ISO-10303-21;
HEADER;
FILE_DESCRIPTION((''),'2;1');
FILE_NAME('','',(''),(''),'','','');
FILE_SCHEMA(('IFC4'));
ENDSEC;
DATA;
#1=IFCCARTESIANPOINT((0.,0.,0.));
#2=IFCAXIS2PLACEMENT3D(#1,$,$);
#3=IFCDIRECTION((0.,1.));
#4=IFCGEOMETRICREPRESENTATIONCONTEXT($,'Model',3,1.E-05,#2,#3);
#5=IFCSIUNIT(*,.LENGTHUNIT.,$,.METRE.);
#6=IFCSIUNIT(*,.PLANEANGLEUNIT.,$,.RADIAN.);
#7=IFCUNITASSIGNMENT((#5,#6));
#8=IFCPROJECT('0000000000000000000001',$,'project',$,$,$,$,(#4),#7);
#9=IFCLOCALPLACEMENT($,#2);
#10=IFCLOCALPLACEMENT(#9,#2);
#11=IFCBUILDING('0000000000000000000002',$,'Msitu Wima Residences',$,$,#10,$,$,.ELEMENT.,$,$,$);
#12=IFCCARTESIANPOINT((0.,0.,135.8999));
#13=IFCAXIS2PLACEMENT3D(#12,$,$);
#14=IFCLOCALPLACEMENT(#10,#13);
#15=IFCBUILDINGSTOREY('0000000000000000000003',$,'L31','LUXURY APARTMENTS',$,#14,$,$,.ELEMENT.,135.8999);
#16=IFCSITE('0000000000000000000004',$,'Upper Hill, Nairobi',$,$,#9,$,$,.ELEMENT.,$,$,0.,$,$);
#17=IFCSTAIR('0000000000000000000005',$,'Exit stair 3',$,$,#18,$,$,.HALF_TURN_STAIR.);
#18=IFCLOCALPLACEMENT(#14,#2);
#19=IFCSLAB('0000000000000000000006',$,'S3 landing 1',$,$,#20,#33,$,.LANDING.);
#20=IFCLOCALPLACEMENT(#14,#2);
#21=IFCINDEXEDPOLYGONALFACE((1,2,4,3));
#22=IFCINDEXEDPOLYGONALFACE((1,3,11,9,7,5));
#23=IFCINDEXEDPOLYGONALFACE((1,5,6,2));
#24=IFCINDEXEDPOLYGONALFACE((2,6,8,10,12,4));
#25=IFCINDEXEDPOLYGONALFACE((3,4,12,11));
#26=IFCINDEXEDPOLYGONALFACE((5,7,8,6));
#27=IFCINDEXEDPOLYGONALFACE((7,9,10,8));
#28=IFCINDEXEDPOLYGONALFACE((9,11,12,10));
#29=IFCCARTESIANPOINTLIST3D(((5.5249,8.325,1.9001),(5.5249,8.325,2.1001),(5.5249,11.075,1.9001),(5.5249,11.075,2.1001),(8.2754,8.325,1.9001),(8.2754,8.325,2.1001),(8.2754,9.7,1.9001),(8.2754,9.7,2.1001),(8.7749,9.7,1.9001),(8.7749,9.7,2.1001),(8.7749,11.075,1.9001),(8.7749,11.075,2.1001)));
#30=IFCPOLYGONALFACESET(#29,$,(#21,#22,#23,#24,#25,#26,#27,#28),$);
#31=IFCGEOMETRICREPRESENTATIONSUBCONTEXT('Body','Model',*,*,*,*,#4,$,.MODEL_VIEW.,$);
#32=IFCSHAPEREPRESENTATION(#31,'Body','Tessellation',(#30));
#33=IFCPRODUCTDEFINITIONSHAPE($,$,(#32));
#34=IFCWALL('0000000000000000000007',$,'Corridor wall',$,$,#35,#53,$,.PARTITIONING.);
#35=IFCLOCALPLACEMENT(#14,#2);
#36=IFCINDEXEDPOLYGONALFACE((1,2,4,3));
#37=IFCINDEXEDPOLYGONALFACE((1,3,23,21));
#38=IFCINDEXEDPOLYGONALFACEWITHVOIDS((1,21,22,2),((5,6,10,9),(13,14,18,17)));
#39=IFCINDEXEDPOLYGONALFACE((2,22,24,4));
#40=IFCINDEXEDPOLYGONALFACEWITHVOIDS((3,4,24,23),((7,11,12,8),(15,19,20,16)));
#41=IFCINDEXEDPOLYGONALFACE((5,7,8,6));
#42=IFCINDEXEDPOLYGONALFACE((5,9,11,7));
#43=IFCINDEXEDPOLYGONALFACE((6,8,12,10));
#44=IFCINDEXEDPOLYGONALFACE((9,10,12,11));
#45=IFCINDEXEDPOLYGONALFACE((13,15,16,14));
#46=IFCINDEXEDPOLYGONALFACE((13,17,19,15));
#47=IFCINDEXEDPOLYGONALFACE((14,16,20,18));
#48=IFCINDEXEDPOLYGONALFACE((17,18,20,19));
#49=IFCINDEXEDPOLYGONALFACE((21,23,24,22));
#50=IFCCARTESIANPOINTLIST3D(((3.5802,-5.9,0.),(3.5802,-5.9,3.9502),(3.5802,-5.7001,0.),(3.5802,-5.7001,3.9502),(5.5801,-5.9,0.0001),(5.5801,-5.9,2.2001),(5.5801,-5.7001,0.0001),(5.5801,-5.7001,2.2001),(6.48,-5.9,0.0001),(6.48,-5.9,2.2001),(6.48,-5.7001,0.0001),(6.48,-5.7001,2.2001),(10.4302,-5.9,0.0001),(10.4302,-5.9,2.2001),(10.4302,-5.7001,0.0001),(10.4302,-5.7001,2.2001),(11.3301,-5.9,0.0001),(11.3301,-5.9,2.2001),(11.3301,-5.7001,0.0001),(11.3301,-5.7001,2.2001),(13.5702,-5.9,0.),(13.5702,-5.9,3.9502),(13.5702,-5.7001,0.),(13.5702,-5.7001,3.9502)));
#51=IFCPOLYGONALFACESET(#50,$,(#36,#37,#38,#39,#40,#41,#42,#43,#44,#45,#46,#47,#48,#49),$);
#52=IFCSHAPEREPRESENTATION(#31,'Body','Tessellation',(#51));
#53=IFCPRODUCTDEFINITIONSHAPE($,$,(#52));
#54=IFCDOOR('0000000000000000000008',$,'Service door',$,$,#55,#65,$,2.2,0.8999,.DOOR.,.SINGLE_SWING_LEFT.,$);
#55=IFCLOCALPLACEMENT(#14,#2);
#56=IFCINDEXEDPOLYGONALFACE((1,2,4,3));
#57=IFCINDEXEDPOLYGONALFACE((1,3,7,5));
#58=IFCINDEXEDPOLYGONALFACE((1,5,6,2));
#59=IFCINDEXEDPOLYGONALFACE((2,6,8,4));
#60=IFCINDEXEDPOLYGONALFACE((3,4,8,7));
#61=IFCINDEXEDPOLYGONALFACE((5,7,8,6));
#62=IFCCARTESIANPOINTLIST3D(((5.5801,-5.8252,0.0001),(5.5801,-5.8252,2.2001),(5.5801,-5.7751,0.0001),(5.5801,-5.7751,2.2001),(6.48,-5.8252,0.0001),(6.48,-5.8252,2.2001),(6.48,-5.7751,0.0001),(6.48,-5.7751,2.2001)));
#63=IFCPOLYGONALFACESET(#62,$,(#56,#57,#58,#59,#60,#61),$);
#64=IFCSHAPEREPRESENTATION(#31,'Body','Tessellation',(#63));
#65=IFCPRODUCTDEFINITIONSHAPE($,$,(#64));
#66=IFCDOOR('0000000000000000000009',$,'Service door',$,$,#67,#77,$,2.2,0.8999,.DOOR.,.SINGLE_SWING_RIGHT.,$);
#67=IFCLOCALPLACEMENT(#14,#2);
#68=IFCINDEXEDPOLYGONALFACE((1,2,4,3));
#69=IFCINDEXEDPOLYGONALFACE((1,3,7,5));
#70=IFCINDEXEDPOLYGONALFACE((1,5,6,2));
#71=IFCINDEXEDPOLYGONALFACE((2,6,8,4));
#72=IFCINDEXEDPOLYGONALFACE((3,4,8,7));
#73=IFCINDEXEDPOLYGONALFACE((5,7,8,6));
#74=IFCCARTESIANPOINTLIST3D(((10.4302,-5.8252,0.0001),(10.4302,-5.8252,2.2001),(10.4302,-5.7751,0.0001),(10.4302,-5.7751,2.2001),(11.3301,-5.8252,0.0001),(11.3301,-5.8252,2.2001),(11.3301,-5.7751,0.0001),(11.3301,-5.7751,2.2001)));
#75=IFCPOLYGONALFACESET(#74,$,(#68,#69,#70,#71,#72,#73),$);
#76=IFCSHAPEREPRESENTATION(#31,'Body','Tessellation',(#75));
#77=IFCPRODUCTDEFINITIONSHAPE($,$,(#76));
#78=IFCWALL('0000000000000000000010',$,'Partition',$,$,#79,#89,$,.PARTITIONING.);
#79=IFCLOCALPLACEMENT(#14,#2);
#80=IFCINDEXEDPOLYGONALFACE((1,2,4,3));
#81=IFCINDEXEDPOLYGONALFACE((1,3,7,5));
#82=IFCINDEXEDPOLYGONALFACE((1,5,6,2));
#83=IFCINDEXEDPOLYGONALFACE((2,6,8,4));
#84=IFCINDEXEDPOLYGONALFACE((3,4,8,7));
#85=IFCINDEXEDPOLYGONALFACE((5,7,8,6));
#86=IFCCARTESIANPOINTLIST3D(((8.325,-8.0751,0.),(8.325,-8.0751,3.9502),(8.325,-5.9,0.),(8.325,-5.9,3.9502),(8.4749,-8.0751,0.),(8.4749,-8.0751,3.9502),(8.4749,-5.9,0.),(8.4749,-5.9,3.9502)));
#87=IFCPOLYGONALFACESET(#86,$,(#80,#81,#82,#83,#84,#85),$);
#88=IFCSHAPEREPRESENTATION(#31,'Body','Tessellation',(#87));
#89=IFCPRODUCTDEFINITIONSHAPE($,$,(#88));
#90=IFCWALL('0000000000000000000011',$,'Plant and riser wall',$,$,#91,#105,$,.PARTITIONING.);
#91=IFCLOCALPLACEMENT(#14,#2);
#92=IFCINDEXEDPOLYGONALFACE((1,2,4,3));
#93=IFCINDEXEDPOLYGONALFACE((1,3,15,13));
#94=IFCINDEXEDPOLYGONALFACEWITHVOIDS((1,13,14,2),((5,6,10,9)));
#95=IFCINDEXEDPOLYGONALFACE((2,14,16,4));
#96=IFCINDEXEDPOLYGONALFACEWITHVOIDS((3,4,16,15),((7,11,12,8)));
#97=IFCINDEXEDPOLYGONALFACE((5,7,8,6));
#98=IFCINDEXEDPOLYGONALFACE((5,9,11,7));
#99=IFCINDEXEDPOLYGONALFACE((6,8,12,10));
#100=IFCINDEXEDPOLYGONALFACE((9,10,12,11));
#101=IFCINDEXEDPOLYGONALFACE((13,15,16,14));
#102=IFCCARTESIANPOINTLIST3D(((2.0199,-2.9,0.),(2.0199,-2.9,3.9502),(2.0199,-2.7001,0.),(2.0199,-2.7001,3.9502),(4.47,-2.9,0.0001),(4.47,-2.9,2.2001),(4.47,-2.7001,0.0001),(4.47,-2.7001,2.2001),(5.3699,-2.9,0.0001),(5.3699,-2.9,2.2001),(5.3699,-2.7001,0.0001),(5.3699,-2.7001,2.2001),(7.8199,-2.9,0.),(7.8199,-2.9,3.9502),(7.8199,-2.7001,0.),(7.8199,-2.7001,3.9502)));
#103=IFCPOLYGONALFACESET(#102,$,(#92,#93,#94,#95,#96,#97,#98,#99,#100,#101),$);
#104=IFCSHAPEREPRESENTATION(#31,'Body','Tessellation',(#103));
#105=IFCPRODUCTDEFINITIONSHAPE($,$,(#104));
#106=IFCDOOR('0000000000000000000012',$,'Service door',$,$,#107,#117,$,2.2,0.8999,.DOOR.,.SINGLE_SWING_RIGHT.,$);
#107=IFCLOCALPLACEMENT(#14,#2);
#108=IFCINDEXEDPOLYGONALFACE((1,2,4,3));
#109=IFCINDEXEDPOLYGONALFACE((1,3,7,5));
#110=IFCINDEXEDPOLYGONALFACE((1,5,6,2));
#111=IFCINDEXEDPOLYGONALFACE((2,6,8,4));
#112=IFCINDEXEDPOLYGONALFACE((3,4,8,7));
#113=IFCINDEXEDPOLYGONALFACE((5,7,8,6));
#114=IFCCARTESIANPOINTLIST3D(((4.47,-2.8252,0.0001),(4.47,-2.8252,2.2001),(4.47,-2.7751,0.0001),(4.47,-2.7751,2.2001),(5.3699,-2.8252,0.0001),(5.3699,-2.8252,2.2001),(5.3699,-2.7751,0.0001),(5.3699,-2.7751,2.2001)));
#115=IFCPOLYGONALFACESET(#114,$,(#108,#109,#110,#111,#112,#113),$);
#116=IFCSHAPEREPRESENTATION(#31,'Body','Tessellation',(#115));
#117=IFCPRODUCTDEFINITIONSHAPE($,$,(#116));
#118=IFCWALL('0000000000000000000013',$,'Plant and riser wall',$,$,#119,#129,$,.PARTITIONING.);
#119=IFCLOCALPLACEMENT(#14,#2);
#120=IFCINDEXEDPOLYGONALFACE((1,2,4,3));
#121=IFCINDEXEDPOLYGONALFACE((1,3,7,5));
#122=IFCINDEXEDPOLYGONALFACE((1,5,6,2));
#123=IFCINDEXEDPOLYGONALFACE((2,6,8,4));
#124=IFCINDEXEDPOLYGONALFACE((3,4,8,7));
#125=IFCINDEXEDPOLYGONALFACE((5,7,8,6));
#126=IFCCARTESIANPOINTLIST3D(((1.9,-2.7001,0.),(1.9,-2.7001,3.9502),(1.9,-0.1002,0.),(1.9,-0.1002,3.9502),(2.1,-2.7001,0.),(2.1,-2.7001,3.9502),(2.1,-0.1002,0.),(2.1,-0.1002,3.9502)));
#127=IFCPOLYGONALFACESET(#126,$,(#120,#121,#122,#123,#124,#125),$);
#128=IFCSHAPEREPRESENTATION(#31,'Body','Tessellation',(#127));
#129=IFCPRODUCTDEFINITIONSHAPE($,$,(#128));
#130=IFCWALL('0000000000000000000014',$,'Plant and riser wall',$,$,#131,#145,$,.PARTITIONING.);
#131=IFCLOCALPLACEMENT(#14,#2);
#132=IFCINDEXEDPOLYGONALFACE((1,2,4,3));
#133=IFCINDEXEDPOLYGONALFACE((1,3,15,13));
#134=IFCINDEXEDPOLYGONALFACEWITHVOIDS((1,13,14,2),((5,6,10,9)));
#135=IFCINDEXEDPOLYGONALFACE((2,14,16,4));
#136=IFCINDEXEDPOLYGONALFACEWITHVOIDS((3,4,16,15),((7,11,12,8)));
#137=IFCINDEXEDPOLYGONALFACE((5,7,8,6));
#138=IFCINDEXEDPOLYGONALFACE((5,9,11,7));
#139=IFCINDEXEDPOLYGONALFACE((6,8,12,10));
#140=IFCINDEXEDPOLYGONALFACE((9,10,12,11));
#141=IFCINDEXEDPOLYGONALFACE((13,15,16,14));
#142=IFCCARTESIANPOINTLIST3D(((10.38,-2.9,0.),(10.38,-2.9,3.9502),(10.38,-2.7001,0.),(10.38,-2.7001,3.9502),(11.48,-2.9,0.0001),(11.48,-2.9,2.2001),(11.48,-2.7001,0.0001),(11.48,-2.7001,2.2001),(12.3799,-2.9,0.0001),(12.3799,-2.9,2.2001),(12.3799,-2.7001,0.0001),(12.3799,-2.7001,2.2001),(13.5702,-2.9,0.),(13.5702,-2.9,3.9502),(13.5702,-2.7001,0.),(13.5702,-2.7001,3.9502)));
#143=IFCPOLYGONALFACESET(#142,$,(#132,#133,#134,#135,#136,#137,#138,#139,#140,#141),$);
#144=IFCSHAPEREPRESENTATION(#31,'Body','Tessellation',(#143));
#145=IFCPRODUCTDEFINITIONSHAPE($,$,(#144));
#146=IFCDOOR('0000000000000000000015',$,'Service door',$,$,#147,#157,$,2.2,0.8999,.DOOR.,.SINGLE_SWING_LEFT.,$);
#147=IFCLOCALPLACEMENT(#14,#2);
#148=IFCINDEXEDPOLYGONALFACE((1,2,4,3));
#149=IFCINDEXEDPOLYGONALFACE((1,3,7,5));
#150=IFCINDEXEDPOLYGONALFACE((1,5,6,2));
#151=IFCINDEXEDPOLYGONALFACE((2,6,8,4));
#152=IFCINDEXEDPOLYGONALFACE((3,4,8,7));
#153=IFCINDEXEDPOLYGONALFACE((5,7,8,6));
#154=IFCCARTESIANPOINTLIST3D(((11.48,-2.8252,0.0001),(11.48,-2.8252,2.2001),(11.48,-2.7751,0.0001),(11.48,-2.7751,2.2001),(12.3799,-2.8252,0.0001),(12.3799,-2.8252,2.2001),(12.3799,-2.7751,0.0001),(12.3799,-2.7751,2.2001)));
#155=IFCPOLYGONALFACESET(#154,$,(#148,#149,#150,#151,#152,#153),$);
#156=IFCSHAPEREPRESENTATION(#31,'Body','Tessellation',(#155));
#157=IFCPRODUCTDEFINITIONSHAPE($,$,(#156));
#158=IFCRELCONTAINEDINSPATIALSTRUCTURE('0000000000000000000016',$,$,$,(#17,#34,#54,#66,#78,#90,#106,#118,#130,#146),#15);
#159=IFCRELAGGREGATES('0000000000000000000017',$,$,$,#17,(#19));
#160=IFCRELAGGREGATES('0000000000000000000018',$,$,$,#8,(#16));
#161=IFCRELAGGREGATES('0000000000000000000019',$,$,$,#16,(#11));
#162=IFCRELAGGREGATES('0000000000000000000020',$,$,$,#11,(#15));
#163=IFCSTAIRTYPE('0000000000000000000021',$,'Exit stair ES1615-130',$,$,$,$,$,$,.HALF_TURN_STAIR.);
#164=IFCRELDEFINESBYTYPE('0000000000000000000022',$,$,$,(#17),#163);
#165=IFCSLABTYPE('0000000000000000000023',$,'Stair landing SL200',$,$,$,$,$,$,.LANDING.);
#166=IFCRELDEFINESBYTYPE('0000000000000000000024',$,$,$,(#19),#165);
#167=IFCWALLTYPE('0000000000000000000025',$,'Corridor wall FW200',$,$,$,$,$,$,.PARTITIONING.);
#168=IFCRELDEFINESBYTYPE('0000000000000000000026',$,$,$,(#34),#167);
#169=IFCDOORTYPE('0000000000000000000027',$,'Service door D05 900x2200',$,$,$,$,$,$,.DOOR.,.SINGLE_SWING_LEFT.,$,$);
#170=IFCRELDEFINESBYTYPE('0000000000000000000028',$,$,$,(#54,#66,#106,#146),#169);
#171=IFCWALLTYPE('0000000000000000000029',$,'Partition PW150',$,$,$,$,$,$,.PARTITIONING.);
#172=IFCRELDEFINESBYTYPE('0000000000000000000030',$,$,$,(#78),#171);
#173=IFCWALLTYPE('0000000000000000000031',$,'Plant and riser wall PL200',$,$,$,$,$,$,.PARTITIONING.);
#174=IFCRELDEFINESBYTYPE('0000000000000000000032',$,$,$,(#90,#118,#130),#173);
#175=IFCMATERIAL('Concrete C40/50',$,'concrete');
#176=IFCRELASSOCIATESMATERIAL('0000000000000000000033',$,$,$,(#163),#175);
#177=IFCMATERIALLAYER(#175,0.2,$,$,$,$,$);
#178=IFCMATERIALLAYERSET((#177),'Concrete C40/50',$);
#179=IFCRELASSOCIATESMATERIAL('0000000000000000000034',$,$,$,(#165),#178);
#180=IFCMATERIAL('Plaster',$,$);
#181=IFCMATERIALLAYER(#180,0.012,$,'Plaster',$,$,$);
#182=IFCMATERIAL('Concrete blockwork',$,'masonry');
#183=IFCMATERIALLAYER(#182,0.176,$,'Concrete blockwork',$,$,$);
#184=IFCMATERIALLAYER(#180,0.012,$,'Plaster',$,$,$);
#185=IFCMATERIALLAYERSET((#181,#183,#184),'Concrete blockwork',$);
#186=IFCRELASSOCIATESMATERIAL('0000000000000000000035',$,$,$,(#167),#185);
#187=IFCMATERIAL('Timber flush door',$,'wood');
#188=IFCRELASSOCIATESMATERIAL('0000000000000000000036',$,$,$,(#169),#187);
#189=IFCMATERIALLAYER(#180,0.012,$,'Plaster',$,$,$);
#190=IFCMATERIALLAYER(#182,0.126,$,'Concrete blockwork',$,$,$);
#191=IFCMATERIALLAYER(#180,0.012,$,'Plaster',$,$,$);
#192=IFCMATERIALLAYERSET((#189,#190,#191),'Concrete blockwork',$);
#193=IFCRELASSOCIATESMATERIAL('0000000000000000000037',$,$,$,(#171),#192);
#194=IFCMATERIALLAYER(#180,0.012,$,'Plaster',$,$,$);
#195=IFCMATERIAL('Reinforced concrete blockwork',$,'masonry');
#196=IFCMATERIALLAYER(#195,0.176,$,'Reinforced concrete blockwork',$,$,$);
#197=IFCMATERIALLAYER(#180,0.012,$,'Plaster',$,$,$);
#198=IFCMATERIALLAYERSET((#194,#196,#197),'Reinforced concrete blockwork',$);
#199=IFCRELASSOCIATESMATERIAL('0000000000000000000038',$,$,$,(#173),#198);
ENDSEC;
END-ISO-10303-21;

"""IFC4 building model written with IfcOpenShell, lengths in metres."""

from ifc_helpers import new_model, si_unit, direction, frame, frame_2d, origin, place, context, subcontext, project, spatial, polyline, rectangle, outline, extrude, material, layer, layer_set, type_object, element, fill, aggregate, save


model = new_model("IFC4")

# Units and contexts
model_context = context("Model", 3, precision=1e-05, world=origin(), true_north=direction((0.0, 1.0)))
body_context = subcontext(model_context, "Body", "Model", "MODEL_VIEW")
ifc_project = project(units=[si_unit("LENGTHUNIT", "METRE"), si_unit("PLANEANGLEUNIT", "RADIAN")], contexts=[model_context])

# Site, building, storey
site_placement = place(None, origin())
site = spatial("IfcSite", under=ifc_project, at=site_placement, Name="Upper Hill, Nairobi", CompositionType="ELEMENT", RefElevation=0.0)
building_placement = place(site_placement, origin())
building = spatial("IfcBuilding", under=site, at=building_placement, Name="Msitu Wima Residences", CompositionType="ELEMENT")
storey_placement = place(building_placement, frame((0.0, 0.0, 135.8999)))
storey = spatial("IfcBuildingStorey", under=building, at=storey_placement, Name="L31", Description="LUXURY APARTMENTS", CompositionType="ELEMENT", Elevation=135.8999)

# Shared definitions
ifc_material_1 = material(Name="Concrete C40/50", Category="concrete")

# Stair, slab
stair_type = type_object("IfcStairType", Name="Exit stair ES1615-130", PredefinedType="HALF_TURN_STAIR", material=ifc_material_1)
ifc_layer_1 = layer(ifc_material_1, 0.2)
ifc_layer_set_1 = layer_set([ifc_layer_1], Name="Concrete C40/50")
slab_type_1 = type_object("IfcSlabType", Name="Stair landing SL200", PredefinedType="LANDING", material=ifc_layer_set_1)
stair_1_placement = place(storey_placement, origin())
stair_1 = element("IfcStair", 1, at=stair_1_placement, inside=storey, type_object=stair_type, Name="Exit stair 3", PredefinedType="HALF_TURN_STAIR")
slab_1_placement = place(storey_placement, frame((0.0, 0.0, 1.9001)))
slab_1 = element("IfcSlab", 2, at=slab_1_placement, type_object=slab_type_1, Name="S3 landing 1", PredefinedType="LANDING", context=body_context, shape_type="SweptSolid", body=[
    extrude(outline(polyline([(5.5249, 8.325), (8.2754, 8.325), (8.2754, 9.7), (8.7749, 9.7), (8.7749, 11.075), (5.5249, 11.075), (5.5249, 8.325)])), origin(), (0.0, 0.0, 1.0), 0.2),
])
aggregate(stair_1, [slab_1])

# Wall, openings, doors
ifc_material_2 = material(Name="Plaster")
ifc_layer_2 = layer(ifc_material_2, 0.012, Name="Plaster")
ifc_material_3 = material(Name="Concrete blockwork", Category="masonry")
ifc_layer_3 = layer(ifc_material_3, 0.176, Name="Concrete blockwork")
ifc_layer_4 = layer(ifc_material_2, 0.012, Name="Plaster")
ifc_layer_set_2 = layer_set([ifc_layer_2, ifc_layer_3, ifc_layer_4], Name="Concrete blockwork")
wall_type_1 = type_object("IfcWallType", Name="Corridor wall FW200", PredefinedType="PARTITIONING", material=ifc_layer_set_2)
wall_1_placement = place(storey_placement, frame((3.5801, -5.8, 0.0), z_axis=(0.0, 0.0, 1.0), x_axis=(1.0, 0.0, 0.0)))
wall_1 = element("IfcWall", 3, at=wall_1_placement, inside=storey, type_object=wall_type_1, Name="Corridor wall", PredefinedType="PARTITIONING", context=body_context, shape_type="SweptSolid", body=[
    extrude(rectangle(XDim=9.99, YDim=0.2, at=frame_2d((4.9951, 0.0))), origin(), (0.0, 0.0, 1.0), 3.9502),
])
opening_1_placement = place(wall_1_placement, frame((2.0, 0.0, 0.0)))
opening_1 = element("IfcOpeningElement", 4, at=opening_1_placement, cuts=wall_1, PredefinedType="OPENING", context=body_context, shape_type="SweptSolid", body=[
    extrude(rectangle(XDim=0.8999, YDim=2.2, at=frame_2d((0.45, 1.1001))), frame((0.0, 0.1099, 0.0), z_axis=(0.0, -1.0, 0.0), x_axis=(1.0, 0.0, 0.0)), (0.0, 0.0, 1.0), 0.22),
])
opening_2_placement = place(wall_1_placement, frame((6.8501, 0.0, 0.0)))
opening_2 = element("IfcOpeningElement", 5, at=opening_2_placement, cuts=wall_1, PredefinedType="OPENING", context=body_context, shape_type="SweptSolid", body=[
    extrude(rectangle(XDim=0.8999, YDim=2.2, at=frame_2d((0.45, 1.1001))), frame((0.0, 0.1099, 0.0), z_axis=(0.0, -1.0, 0.0), x_axis=(1.0, 0.0, 0.0)), (0.0, 0.0, 1.0), 0.22),
])
ifc_material_4 = material(Name="Timber flush door", Category="wood")
door_type = type_object("IfcDoorType", Name="Service door D05 900x2200", OperationType="SINGLE_SWING_LEFT", PredefinedType="DOOR", material=ifc_material_4)
door_1_placement = place(opening_1_placement, origin())
door_1 = element("IfcDoor", 6, at=door_1_placement, inside=storey, type_object=door_type, Name="Service door", OperationType="SINGLE_SWING_LEFT", OverallHeight=2.2, OverallWidth=0.8999, PredefinedType="DOOR", context=body_context, shape_type="SweptSolid", body=[
    extrude(rectangle(XDim=0.8999, YDim=2.2, at=frame_2d((0.45, 1.1001))), frame((0.0, 0.0249, 0.0), z_axis=(0.0, -1.0, 0.0), x_axis=(1.0, 0.0, 0.0)), (0.0, 0.0, 1.0), 0.05),
])
fill(opening_1, door_1)
door_2_placement = place(opening_2_placement, origin())
door_2 = element("IfcDoor", 7, at=door_2_placement, inside=storey, type_object=door_type, Name="Service door", OperationType="SINGLE_SWING_RIGHT", OverallHeight=2.2, OverallWidth=0.8999, PredefinedType="DOOR", context=body_context, shape_type="SweptSolid", body=[
    extrude(rectangle(XDim=0.8999, YDim=2.2, at=frame_2d((0.45, 1.1001))), frame((0.0, 0.0249, 0.0), z_axis=(0.0, -1.0, 0.0), x_axis=(1.0, 0.0, 0.0)), (0.0, 0.0, 1.0), 0.05),
])
fill(opening_2, door_2)

# Wall
ifc_layer_5 = layer(ifc_material_2, 0.012, Name="Plaster")
ifc_layer_6 = layer(ifc_material_3, 0.126, Name="Concrete blockwork")
ifc_layer_7 = layer(ifc_material_2, 0.012, Name="Plaster")
ifc_layer_set_3 = layer_set([ifc_layer_5, ifc_layer_6, ifc_layer_7], Name="Concrete blockwork")
wall_type_2 = type_object("IfcWallType", Name="Partition PW150", PredefinedType="PARTITIONING", material=ifc_layer_set_3)
wall_2_placement = place(storey_placement, frame((8.3999, -8.075, 0.0), z_axis=(0.0, 0.0, 1.0), x_axis=(0.0, 1.0, 0.0)))
element("IfcWall", 8, at=wall_2_placement, inside=storey, type_object=wall_type_2, Name="Partition", PredefinedType="PARTITIONING", context=body_context, shape_type="SweptSolid", body=[
    extrude(rectangle(XDim=2.175, YDim=0.1499, at=frame_2d((1.0874, 0.0))), origin(), (0.0, 0.0, 1.0), 3.9502),
])

# Wall, opening, door
ifc_layer_8 = layer(ifc_material_2, 0.012, Name="Plaster")
ifc_material_5 = material(Name="Reinforced concrete blockwork", Category="masonry")
ifc_layer_9 = layer(ifc_material_5, 0.176, Name="Reinforced concrete blockwork")
ifc_layer_10 = layer(ifc_material_2, 0.012, Name="Plaster")
ifc_layer_set_4 = layer_set([ifc_layer_8, ifc_layer_9, ifc_layer_10], Name="Reinforced concrete blockwork")
wall_type_3 = type_object("IfcWallType", Name="Plant and riser wall PL200", PredefinedType="PARTITIONING", material=ifc_layer_set_4)
wall_3_placement = place(storey_placement, frame((2.02, -2.8, 0.0), z_axis=(0.0, 0.0, 1.0), x_axis=(1.0, 0.0, 0.0)))
wall_3 = element("IfcWall", 9, at=wall_3_placement, inside=storey, type_object=wall_type_3, Name="Plant and riser wall", PredefinedType="PARTITIONING", context=body_context, shape_type="SweptSolid", body=[
    extrude(rectangle(XDim=5.8, YDim=0.2, at=frame_2d((2.8999, 0.0))), origin(), (0.0, 0.0, 1.0), 3.9502),
])
opening_3_placement = place(wall_3_placement, frame((2.45, 0.0, 0.0)))
opening_3 = element("IfcOpeningElement", 10, at=opening_3_placement, cuts=wall_3, PredefinedType="OPENING", context=body_context, shape_type="SweptSolid", body=[
    extrude(rectangle(XDim=0.8999, YDim=2.2, at=frame_2d((0.45, 1.1001))), frame((0.0, 0.1099, 0.0), z_axis=(0.0, -1.0, 0.0), x_axis=(1.0, 0.0, 0.0)), (0.0, 0.0, 1.0), 0.22),
])
door_3_placement = place(opening_3_placement, origin())
door_3 = element("IfcDoor", 11, at=door_3_placement, inside=storey, type_object=door_type, Name="Service door", OperationType="SINGLE_SWING_RIGHT", OverallHeight=2.2, OverallWidth=0.8999, PredefinedType="DOOR", context=body_context, shape_type="SweptSolid", body=[
    extrude(rectangle(XDim=0.8999, YDim=2.2, at=frame_2d((0.45, 1.1001))), frame((0.0, 0.0249, 0.0), z_axis=(0.0, -1.0, 0.0), x_axis=(1.0, 0.0, 0.0)), (0.0, 0.0, 1.0), 0.05),
])
fill(opening_3, door_3)

# Wall
wall_4_placement = place(storey_placement, frame((2.0, -2.7, 0.0), z_axis=(0.0, 0.0, 1.0), x_axis=(0.0, 1.0, 0.0)))
element("IfcWall", 12, at=wall_4_placement, inside=storey, type_object=wall_type_3, Name="Plant and riser wall", PredefinedType="PARTITIONING", context=body_context, shape_type="SweptSolid", body=[
    extrude(rectangle(XDim=2.5999, YDim=0.2, at=frame_2d((1.2998, 0.0))), origin(), (0.0, 0.0, 1.0), 3.9502),
])

# Wall, opening, door
wall_5_placement = place(storey_placement, frame((10.3799, -2.8, 0.0), z_axis=(0.0, 0.0, 1.0), x_axis=(1.0, 0.0, 0.0)))
wall_5 = element("IfcWall", 13, at=wall_5_placement, inside=storey, type_object=wall_type_3, Name="Plant and riser wall", PredefinedType="PARTITIONING", context=body_context, shape_type="SweptSolid", body=[
    extrude(rectangle(XDim=3.1902, YDim=0.2, at=frame_2d((1.5952, 0.0))), origin(), (0.0, 0.0, 1.0), 3.9502),
])
opening_4_placement = place(wall_5_placement, frame((1.1001, 0.0, 0.0)))
opening_4 = element("IfcOpeningElement", 14, at=opening_4_placement, cuts=wall_5, PredefinedType="OPENING", context=body_context, shape_type="SweptSolid", body=[
    extrude(rectangle(XDim=0.8999, YDim=2.2, at=frame_2d((0.45, 1.1001))), frame((0.0, 0.1099, 0.0), z_axis=(0.0, -1.0, 0.0), x_axis=(1.0, 0.0, 0.0)), (0.0, 0.0, 1.0), 0.22),
])
door_4_placement = place(opening_4_placement, origin())
door_4 = element("IfcDoor", 15, at=door_4_placement, inside=storey, type_object=door_type, Name="Service door", OperationType="SINGLE_SWING_LEFT", OverallHeight=2.2, OverallWidth=0.8999, PredefinedType="DOOR", context=body_context, shape_type="SweptSolid", body=[
    extrude(rectangle(XDim=0.8999, YDim=2.2, at=frame_2d((0.45, 1.1001))), frame((0.0, 0.0249, 0.0), z_axis=(0.0, -1.0, 0.0), x_axis=(1.0, 0.0, 0.0)), (0.0, 0.0, 1.0), 0.05),
])
fill(opening_4, door_4)

save(model, "model.ifc")
